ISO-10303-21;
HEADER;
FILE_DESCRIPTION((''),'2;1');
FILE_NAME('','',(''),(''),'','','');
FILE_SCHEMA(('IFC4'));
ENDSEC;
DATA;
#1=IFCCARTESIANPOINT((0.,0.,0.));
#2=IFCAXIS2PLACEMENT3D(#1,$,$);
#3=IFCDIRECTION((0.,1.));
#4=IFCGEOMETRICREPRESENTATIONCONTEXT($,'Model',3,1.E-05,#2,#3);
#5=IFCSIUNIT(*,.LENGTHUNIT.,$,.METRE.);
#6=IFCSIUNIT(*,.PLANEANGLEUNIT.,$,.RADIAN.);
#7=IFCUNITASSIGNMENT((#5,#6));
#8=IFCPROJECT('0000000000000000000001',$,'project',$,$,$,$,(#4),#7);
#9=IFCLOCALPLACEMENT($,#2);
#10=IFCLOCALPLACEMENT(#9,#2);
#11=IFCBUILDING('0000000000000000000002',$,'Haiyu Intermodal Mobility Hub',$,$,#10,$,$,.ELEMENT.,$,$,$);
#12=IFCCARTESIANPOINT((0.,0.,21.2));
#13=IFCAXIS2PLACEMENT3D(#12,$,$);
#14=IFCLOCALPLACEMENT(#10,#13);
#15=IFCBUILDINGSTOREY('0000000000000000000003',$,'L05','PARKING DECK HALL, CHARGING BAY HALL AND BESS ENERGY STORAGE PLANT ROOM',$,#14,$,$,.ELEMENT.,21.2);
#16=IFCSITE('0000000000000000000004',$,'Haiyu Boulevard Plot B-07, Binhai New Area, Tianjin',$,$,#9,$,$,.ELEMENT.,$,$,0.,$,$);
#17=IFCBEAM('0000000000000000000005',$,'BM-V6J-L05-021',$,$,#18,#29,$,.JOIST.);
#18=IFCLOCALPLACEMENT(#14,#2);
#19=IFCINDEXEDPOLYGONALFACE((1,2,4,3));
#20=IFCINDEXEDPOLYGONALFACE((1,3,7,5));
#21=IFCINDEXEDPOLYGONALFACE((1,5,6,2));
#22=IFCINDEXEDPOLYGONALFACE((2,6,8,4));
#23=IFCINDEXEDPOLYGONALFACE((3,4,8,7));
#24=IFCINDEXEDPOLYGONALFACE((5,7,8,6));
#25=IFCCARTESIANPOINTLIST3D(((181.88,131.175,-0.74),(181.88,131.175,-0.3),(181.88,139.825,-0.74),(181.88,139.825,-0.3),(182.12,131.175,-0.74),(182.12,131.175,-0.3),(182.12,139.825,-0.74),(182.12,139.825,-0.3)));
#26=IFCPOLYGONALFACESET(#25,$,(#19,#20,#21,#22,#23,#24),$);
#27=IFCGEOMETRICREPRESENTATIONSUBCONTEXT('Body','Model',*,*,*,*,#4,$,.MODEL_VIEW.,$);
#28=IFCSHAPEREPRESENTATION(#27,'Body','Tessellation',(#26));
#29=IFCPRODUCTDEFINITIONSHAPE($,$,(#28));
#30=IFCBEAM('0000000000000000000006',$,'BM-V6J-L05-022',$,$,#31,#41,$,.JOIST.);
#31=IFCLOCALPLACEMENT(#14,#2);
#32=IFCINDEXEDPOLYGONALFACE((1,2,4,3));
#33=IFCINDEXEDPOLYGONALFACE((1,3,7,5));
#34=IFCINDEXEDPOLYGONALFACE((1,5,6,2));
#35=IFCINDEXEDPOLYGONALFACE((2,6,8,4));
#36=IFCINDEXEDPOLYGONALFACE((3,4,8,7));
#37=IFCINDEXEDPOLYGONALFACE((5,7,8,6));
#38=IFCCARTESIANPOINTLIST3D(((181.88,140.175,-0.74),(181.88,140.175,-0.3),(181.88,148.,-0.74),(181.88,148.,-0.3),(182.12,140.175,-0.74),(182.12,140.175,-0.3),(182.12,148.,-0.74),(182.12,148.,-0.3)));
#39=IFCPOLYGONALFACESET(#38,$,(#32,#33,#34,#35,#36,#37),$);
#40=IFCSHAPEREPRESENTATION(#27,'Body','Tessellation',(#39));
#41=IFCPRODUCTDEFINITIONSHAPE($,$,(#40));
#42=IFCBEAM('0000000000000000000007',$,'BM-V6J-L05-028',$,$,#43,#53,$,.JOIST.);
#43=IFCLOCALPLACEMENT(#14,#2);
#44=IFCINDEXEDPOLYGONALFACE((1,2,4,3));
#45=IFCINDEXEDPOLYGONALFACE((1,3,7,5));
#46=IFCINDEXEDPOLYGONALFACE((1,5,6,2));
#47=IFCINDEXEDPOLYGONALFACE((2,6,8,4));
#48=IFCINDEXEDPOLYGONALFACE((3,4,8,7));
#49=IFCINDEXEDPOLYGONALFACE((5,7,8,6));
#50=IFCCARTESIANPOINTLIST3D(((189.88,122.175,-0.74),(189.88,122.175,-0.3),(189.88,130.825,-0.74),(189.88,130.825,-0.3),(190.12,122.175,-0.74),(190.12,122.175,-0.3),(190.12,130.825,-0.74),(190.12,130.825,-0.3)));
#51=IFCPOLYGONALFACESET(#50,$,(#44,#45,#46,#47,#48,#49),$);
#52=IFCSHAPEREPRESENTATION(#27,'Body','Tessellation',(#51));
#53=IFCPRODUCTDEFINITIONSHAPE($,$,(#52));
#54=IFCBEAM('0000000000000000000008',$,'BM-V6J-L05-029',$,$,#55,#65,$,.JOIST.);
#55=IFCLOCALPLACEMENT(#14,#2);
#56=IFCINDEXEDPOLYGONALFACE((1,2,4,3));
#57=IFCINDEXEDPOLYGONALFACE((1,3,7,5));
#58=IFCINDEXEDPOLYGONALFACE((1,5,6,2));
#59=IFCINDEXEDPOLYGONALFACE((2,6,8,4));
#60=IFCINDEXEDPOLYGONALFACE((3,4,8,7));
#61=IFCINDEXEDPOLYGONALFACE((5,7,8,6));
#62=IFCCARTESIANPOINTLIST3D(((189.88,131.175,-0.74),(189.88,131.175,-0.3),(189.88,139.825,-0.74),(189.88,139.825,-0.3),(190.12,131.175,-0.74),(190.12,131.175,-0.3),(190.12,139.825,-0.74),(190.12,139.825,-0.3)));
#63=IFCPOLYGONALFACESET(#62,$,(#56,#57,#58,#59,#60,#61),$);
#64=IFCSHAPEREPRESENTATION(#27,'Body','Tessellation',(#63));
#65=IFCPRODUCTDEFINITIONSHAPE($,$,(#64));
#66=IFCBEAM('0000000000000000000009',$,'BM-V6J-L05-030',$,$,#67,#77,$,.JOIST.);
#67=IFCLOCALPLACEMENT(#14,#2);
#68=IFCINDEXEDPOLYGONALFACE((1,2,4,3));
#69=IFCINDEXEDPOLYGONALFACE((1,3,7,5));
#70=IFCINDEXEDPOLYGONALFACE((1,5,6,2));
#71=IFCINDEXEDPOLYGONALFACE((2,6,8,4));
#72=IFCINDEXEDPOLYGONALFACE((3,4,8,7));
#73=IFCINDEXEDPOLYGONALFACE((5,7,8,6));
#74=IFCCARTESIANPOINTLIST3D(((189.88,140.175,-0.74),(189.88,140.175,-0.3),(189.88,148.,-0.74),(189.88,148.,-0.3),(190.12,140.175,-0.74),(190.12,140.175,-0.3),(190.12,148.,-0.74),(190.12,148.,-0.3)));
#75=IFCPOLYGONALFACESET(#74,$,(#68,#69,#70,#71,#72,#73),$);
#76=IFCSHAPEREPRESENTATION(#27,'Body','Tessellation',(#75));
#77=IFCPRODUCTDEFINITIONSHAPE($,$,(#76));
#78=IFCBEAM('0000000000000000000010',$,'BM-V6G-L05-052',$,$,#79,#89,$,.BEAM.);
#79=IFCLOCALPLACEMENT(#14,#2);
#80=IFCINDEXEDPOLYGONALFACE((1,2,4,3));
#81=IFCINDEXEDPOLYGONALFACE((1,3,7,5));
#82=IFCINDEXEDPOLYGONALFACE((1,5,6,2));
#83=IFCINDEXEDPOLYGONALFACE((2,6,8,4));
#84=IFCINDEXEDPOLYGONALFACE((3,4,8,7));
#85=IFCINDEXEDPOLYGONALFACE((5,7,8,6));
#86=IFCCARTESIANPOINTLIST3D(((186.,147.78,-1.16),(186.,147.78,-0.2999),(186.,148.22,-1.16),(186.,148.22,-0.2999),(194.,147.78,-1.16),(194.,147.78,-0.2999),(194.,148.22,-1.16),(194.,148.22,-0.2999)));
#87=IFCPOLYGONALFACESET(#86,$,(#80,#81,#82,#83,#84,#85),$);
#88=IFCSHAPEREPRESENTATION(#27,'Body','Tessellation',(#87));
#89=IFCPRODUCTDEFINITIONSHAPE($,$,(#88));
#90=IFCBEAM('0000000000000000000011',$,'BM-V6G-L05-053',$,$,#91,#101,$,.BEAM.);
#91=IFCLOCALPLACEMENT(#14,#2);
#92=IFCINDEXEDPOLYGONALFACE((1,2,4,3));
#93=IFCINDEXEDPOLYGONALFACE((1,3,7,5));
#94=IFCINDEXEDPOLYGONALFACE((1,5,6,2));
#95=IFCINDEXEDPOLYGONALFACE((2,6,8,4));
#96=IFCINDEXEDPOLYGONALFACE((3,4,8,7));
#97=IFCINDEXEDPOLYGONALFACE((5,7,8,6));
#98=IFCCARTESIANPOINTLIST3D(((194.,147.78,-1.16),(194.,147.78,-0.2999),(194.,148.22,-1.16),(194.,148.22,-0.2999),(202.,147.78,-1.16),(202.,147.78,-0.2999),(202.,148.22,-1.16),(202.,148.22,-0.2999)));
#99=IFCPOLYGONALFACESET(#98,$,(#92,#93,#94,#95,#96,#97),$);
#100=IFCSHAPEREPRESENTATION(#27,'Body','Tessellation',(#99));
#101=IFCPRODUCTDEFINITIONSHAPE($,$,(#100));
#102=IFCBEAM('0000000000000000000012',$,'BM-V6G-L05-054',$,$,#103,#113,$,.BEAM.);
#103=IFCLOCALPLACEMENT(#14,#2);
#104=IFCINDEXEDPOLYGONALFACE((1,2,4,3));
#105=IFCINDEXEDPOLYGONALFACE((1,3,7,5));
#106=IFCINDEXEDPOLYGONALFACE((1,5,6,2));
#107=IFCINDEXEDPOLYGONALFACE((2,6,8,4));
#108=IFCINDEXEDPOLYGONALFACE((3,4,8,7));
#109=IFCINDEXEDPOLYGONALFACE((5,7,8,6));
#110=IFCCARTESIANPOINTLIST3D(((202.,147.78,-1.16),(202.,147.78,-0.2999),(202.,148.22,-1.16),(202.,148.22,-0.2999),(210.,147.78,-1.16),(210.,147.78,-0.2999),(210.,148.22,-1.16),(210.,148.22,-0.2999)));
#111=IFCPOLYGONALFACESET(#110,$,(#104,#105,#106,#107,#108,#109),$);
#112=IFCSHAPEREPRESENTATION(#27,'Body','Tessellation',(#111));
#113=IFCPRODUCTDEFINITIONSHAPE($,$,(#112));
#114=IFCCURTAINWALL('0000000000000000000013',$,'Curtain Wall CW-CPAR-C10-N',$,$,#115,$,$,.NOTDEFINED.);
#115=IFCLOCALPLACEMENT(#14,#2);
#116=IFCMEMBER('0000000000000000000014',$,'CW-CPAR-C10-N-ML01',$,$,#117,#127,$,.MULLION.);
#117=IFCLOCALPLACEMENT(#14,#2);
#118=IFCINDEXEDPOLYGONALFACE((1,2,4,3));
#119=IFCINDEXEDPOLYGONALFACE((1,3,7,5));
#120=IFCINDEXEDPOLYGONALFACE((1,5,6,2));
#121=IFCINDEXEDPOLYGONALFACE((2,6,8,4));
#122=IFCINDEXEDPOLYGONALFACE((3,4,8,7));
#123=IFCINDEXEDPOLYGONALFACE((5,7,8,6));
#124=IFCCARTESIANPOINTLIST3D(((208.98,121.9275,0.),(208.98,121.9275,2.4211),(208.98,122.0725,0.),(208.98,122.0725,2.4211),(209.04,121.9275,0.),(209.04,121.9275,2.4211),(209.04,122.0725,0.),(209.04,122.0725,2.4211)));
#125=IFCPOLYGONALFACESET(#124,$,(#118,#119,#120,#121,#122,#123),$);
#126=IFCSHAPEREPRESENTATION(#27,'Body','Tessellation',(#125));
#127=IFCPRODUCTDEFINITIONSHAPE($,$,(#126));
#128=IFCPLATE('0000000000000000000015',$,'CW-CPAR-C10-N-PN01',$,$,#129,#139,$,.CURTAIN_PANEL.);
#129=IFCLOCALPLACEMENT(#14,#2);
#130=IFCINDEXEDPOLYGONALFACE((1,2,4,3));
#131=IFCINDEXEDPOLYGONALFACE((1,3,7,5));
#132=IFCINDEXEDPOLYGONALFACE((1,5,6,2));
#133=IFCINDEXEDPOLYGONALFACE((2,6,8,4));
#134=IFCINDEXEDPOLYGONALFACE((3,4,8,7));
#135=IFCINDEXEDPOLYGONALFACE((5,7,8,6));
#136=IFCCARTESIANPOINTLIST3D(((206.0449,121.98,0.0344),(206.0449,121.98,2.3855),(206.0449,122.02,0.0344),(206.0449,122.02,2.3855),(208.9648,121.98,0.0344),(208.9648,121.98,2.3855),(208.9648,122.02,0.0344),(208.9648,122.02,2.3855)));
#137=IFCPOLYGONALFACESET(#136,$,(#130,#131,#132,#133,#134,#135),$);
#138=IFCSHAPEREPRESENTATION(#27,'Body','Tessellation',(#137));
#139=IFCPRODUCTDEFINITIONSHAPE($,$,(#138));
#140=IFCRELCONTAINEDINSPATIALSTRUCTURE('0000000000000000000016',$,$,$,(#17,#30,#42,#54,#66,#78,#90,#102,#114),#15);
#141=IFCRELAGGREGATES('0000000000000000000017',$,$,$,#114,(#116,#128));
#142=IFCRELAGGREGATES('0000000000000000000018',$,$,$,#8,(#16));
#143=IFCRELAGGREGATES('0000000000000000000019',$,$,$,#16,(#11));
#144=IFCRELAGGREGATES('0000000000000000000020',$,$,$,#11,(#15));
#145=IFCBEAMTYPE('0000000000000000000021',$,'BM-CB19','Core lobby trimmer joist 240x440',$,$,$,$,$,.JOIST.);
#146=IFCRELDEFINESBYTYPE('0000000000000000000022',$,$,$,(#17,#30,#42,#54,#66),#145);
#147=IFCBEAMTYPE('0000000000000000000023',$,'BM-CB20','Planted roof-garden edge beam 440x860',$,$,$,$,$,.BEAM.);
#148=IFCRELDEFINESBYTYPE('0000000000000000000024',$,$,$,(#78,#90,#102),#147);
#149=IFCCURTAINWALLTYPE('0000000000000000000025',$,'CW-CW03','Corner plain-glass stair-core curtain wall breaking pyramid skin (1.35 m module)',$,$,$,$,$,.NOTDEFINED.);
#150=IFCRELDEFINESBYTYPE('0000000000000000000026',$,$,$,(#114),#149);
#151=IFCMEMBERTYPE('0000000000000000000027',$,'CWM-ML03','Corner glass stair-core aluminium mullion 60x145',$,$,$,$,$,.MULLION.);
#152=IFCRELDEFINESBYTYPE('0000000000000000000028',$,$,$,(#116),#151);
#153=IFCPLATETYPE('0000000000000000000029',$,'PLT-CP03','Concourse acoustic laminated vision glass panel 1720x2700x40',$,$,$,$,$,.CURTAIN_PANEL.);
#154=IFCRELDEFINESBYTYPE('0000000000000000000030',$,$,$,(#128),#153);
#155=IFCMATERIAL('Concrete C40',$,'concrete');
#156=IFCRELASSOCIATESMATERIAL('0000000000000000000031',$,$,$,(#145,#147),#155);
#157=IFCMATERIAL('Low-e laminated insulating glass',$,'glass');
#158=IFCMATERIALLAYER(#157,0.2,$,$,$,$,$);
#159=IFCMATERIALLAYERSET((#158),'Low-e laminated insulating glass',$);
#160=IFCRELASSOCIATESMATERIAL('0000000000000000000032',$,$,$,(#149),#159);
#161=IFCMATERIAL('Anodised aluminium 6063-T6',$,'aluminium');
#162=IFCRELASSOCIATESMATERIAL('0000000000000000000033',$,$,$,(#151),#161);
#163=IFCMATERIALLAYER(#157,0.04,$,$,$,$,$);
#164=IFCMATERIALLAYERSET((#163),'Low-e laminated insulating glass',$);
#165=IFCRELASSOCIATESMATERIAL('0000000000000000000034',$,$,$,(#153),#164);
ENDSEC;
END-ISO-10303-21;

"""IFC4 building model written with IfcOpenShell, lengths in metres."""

from ifc_helpers import new_model, si_unit, direction, frame, origin, origin_2d, place, context, subcontext, project, spatial, rectangle, extrude, material, layer, layer_set, material_profile, profile_set, type_object, element, aggregate, save


model = new_model("IFC4")

# Units and contexts
model_context = context("Model", 3, precision=1e-05, world=origin(), true_north=direction((0.0, 1.0)))
body_context = subcontext(model_context, "Body", "Model", "MODEL_VIEW")
ifc_project = project(units=[si_unit("LENGTHUNIT", "METRE"), si_unit("PLANEANGLEUNIT", "RADIAN")], contexts=[model_context])

# Site, building, storey
site_placement = place(None, origin())
site = spatial("IfcSite", under=ifc_project, at=site_placement, Name="Haiyu Boulevard Plot B-07, Binhai New Area, Tianjin", CompositionType="ELEMENT", RefElevation=0.0)
building_placement = place(site_placement, origin())
building = spatial("IfcBuilding", under=site, at=building_placement, Name="Haiyu Intermodal Mobility Hub", CompositionType="ELEMENT")
storey_placement = place(building_placement, frame((0.0, 0.0, 21.2)))
storey = spatial("IfcBuildingStorey", under=building, at=storey_placement, Name="L05", Description="PARKING DECK HALL, CHARGING BAY HALL AND BESS ENERGY STORAGE PLANT ROOM", CompositionType="ELEMENT", Elevation=21.2)

# Beams
ifc_material_1 = material(Name="Concrete C40", Category="concrete")
ifc_material_profile_1 = material_profile(ifc_material_1, rectangle(XDim=0.24, YDim=0.4399, at=origin_2d()), Name="B240x440")
ifc_profile_set_1 = profile_set([ifc_material_profile_1], Name="Concrete C40")
beam_type_1 = type_object("IfcBeamType", Name="BM-CB19", Description="Core lobby trimmer joist 240x440", PredefinedType="JOIST", material=ifc_profile_set_1)
for number, where, z_axis, x_axis, name in (
    (1, (182.0, 131.175, -0.52), (0.0, 1.0, 0.0), (-1.0, 0.0, 0.0), "BM-V6J-L05-021"),
):
    element("IfcBeam", number, at=place(storey_placement, frame(where, z_axis=z_axis, x_axis=x_axis)), inside=storey, type_object=beam_type_1, Name=name, PredefinedType="JOIST", context=body_context, shape_type="SweptSolid", body=[
        extrude(rectangle(XDim=0.24, YDim=0.4399, at=origin_2d()), origin(), (0.0, 0.0, 1.0), 8.6499),
    ])
beam_1_placement = place(storey_placement, frame((182.0, 140.175, -0.52), z_axis=(0.0, 1.0, 0.0), x_axis=(-1.0, 0.0, 0.0)))
element("IfcBeam", 2, at=beam_1_placement, inside=storey, type_object=beam_type_1, Name="BM-V6J-L05-022", PredefinedType="JOIST", context=body_context, shape_type="SweptSolid", body=[
    extrude(rectangle(XDim=0.24, YDim=0.4399, at=origin_2d()), origin(), (0.0, 0.0, 1.0), 7.825),
])
for number, where, z_axis, x_axis, name in (
    (3, (190.0, 122.175, -0.52), (0.0, 1.0, 0.0), (-1.0, 0.0, 0.0), "BM-V6J-L05-028"),
    (4, (190.0, 131.175, -0.52), (0.0, 1.0, 0.0), (-1.0, 0.0, 0.0), "BM-V6J-L05-029"),
):
    element("IfcBeam", number, at=place(storey_placement, frame(where, z_axis=z_axis, x_axis=x_axis)), inside=storey, type_object=beam_type_1, Name=name, PredefinedType="JOIST", context=body_context, shape_type="SweptSolid", body=[
        extrude(rectangle(XDim=0.24, YDim=0.4399, at=origin_2d()), origin(), (0.0, 0.0, 1.0), 8.6499),
    ])
beam_2_placement = place(storey_placement, frame((190.0, 140.175, -0.52), z_axis=(0.0, 1.0, 0.0), x_axis=(-1.0, 0.0, 0.0)))
element("IfcBeam", 5, at=beam_2_placement, inside=storey, type_object=beam_type_1, Name="BM-V6J-L05-030", PredefinedType="JOIST", context=body_context, shape_type="SweptSolid", body=[
    extrude(rectangle(XDim=0.24, YDim=0.4399, at=origin_2d()), origin(), (0.0, 0.0, 1.0), 7.825),
])
ifc_material_profile_2 = material_profile(ifc_material_1, rectangle(XDim=0.4399, YDim=0.8601, at=origin_2d()), Name="B440x860")
ifc_profile_set_2 = profile_set([ifc_material_profile_2], Name="Concrete C40")
beam_type_2 = type_object("IfcBeamType", Name="BM-CB20", Description="Planted roof-garden edge beam 440x860", PredefinedType="BEAM", material=ifc_profile_set_2)
for number, where, z_axis, x_axis, name in (
    (6, (186.0, 148.0, -0.73), (1.0, 0.0, 0.0), (0.0, 1.0, 0.0), "BM-V6G-L05-052"),
    (7, (194.0, 148.0, -0.73), (1.0, 0.0, 0.0), (0.0, 1.0, 0.0), "BM-V6G-L05-053"),
    (8, (202.0, 148.0, -0.73), (1.0, 0.0, 0.0), (0.0, 1.0, 0.0), "BM-V6G-L05-054"),
):
    element("IfcBeam", number, at=place(storey_placement, frame(where, z_axis=z_axis, x_axis=x_axis)), inside=storey, type_object=beam_type_2, Name=name, PredefinedType="BEAM", context=body_context, shape_type="SweptSolid", body=[
        extrude(rectangle(XDim=0.4399, YDim=0.8601, at=origin_2d()), origin(), (0.0, 0.0, 1.0), 8.0),
    ])

# Curtain wall, member, plate
ifc_material_2 = material(Name="Low-e laminated insulating glass", Category="glass")
ifc_layer_1 = layer(ifc_material_2, 0.2)
ifc_layer_set_1 = layer_set([ifc_layer_1], Name="Low-e laminated insulating glass")
curtain_wall_type = type_object("IfcCurtainWallType", Name="CW-CW03", Description="Corner plain-glass stair-core curtain wall breaking pyramid skin (1.35 m module)", PredefinedType="NOTDEFINED", material=ifc_layer_set_1)
curtain_wall_placement = place(storey_placement, origin())
curtain_wall = element("IfcCurtainWall", 9, at=curtain_wall_placement, inside=storey, type_object=curtain_wall_type, Name="Curtain Wall CW-CPAR-C10-N", PredefinedType="NOTDEFINED")
ifc_material_3 = material(Name="Anodised aluminium 6063-T6", Category="aluminium")
ifc_material_profile_3 = material_profile(ifc_material_3, rectangle(XDim=0.0601, YDim=0.145, at=origin_2d()), Name="ALU60x145")
ifc_profile_set_3 = profile_set([ifc_material_profile_3], Name="Anodised aluminium 6063-T6")
member_type = type_object("IfcMemberType", Name="CWM-ML03", Description="Corner glass stair-core aluminium mullion 60x145", PredefinedType="MULLION", material=ifc_profile_set_3)
member_placement = place(storey_placement, frame((209.01, 122.0, 0.0), z_axis=(0.0, 0.0, 1.0), x_axis=(1.0, 0.0, 0.0)))
member = element("IfcMember", 10, at=member_placement, type_object=member_type, Name="CW-CPAR-C10-N-ML01", PredefinedType="MULLION", context=body_context, shape_type="SweptSolid", body=[
    extrude(rectangle(XDim=0.0601, YDim=0.145, at=origin_2d()), origin(), (0.0, 0.0, 1.0), 2.4211),
])
ifc_layer_2 = layer(ifc_material_2, 0.04)
ifc_layer_set_2 = layer_set([ifc_layer_2], Name="Low-e laminated insulating glass")
plate_type = type_object("IfcPlateType", Name="PLT-CP03", Description="Concourse acoustic laminated vision glass panel 1720x2700x40", PredefinedType="CURTAIN_PANEL", material=ifc_layer_set_2)
plate_placement = place(storey_placement, frame((207.5049, 122.0, 0.0344), z_axis=(0.0, 0.0, 1.0), x_axis=(-1.0, 0.0, 0.0)))
plate = element("IfcPlate", 11, at=plate_placement, type_object=plate_type, Name="CW-CPAR-C10-N-PN01", PredefinedType="CURTAIN_PANEL", context=body_context, shape_type="SweptSolid", body=[
    extrude(rectangle(XDim=2.9199, YDim=0.04, at=origin_2d()), origin(), (0.0, 0.0, 1.0), 2.3511),
])
aggregate(curtain_wall, [member, plate])

save(model, "model.ifc")
